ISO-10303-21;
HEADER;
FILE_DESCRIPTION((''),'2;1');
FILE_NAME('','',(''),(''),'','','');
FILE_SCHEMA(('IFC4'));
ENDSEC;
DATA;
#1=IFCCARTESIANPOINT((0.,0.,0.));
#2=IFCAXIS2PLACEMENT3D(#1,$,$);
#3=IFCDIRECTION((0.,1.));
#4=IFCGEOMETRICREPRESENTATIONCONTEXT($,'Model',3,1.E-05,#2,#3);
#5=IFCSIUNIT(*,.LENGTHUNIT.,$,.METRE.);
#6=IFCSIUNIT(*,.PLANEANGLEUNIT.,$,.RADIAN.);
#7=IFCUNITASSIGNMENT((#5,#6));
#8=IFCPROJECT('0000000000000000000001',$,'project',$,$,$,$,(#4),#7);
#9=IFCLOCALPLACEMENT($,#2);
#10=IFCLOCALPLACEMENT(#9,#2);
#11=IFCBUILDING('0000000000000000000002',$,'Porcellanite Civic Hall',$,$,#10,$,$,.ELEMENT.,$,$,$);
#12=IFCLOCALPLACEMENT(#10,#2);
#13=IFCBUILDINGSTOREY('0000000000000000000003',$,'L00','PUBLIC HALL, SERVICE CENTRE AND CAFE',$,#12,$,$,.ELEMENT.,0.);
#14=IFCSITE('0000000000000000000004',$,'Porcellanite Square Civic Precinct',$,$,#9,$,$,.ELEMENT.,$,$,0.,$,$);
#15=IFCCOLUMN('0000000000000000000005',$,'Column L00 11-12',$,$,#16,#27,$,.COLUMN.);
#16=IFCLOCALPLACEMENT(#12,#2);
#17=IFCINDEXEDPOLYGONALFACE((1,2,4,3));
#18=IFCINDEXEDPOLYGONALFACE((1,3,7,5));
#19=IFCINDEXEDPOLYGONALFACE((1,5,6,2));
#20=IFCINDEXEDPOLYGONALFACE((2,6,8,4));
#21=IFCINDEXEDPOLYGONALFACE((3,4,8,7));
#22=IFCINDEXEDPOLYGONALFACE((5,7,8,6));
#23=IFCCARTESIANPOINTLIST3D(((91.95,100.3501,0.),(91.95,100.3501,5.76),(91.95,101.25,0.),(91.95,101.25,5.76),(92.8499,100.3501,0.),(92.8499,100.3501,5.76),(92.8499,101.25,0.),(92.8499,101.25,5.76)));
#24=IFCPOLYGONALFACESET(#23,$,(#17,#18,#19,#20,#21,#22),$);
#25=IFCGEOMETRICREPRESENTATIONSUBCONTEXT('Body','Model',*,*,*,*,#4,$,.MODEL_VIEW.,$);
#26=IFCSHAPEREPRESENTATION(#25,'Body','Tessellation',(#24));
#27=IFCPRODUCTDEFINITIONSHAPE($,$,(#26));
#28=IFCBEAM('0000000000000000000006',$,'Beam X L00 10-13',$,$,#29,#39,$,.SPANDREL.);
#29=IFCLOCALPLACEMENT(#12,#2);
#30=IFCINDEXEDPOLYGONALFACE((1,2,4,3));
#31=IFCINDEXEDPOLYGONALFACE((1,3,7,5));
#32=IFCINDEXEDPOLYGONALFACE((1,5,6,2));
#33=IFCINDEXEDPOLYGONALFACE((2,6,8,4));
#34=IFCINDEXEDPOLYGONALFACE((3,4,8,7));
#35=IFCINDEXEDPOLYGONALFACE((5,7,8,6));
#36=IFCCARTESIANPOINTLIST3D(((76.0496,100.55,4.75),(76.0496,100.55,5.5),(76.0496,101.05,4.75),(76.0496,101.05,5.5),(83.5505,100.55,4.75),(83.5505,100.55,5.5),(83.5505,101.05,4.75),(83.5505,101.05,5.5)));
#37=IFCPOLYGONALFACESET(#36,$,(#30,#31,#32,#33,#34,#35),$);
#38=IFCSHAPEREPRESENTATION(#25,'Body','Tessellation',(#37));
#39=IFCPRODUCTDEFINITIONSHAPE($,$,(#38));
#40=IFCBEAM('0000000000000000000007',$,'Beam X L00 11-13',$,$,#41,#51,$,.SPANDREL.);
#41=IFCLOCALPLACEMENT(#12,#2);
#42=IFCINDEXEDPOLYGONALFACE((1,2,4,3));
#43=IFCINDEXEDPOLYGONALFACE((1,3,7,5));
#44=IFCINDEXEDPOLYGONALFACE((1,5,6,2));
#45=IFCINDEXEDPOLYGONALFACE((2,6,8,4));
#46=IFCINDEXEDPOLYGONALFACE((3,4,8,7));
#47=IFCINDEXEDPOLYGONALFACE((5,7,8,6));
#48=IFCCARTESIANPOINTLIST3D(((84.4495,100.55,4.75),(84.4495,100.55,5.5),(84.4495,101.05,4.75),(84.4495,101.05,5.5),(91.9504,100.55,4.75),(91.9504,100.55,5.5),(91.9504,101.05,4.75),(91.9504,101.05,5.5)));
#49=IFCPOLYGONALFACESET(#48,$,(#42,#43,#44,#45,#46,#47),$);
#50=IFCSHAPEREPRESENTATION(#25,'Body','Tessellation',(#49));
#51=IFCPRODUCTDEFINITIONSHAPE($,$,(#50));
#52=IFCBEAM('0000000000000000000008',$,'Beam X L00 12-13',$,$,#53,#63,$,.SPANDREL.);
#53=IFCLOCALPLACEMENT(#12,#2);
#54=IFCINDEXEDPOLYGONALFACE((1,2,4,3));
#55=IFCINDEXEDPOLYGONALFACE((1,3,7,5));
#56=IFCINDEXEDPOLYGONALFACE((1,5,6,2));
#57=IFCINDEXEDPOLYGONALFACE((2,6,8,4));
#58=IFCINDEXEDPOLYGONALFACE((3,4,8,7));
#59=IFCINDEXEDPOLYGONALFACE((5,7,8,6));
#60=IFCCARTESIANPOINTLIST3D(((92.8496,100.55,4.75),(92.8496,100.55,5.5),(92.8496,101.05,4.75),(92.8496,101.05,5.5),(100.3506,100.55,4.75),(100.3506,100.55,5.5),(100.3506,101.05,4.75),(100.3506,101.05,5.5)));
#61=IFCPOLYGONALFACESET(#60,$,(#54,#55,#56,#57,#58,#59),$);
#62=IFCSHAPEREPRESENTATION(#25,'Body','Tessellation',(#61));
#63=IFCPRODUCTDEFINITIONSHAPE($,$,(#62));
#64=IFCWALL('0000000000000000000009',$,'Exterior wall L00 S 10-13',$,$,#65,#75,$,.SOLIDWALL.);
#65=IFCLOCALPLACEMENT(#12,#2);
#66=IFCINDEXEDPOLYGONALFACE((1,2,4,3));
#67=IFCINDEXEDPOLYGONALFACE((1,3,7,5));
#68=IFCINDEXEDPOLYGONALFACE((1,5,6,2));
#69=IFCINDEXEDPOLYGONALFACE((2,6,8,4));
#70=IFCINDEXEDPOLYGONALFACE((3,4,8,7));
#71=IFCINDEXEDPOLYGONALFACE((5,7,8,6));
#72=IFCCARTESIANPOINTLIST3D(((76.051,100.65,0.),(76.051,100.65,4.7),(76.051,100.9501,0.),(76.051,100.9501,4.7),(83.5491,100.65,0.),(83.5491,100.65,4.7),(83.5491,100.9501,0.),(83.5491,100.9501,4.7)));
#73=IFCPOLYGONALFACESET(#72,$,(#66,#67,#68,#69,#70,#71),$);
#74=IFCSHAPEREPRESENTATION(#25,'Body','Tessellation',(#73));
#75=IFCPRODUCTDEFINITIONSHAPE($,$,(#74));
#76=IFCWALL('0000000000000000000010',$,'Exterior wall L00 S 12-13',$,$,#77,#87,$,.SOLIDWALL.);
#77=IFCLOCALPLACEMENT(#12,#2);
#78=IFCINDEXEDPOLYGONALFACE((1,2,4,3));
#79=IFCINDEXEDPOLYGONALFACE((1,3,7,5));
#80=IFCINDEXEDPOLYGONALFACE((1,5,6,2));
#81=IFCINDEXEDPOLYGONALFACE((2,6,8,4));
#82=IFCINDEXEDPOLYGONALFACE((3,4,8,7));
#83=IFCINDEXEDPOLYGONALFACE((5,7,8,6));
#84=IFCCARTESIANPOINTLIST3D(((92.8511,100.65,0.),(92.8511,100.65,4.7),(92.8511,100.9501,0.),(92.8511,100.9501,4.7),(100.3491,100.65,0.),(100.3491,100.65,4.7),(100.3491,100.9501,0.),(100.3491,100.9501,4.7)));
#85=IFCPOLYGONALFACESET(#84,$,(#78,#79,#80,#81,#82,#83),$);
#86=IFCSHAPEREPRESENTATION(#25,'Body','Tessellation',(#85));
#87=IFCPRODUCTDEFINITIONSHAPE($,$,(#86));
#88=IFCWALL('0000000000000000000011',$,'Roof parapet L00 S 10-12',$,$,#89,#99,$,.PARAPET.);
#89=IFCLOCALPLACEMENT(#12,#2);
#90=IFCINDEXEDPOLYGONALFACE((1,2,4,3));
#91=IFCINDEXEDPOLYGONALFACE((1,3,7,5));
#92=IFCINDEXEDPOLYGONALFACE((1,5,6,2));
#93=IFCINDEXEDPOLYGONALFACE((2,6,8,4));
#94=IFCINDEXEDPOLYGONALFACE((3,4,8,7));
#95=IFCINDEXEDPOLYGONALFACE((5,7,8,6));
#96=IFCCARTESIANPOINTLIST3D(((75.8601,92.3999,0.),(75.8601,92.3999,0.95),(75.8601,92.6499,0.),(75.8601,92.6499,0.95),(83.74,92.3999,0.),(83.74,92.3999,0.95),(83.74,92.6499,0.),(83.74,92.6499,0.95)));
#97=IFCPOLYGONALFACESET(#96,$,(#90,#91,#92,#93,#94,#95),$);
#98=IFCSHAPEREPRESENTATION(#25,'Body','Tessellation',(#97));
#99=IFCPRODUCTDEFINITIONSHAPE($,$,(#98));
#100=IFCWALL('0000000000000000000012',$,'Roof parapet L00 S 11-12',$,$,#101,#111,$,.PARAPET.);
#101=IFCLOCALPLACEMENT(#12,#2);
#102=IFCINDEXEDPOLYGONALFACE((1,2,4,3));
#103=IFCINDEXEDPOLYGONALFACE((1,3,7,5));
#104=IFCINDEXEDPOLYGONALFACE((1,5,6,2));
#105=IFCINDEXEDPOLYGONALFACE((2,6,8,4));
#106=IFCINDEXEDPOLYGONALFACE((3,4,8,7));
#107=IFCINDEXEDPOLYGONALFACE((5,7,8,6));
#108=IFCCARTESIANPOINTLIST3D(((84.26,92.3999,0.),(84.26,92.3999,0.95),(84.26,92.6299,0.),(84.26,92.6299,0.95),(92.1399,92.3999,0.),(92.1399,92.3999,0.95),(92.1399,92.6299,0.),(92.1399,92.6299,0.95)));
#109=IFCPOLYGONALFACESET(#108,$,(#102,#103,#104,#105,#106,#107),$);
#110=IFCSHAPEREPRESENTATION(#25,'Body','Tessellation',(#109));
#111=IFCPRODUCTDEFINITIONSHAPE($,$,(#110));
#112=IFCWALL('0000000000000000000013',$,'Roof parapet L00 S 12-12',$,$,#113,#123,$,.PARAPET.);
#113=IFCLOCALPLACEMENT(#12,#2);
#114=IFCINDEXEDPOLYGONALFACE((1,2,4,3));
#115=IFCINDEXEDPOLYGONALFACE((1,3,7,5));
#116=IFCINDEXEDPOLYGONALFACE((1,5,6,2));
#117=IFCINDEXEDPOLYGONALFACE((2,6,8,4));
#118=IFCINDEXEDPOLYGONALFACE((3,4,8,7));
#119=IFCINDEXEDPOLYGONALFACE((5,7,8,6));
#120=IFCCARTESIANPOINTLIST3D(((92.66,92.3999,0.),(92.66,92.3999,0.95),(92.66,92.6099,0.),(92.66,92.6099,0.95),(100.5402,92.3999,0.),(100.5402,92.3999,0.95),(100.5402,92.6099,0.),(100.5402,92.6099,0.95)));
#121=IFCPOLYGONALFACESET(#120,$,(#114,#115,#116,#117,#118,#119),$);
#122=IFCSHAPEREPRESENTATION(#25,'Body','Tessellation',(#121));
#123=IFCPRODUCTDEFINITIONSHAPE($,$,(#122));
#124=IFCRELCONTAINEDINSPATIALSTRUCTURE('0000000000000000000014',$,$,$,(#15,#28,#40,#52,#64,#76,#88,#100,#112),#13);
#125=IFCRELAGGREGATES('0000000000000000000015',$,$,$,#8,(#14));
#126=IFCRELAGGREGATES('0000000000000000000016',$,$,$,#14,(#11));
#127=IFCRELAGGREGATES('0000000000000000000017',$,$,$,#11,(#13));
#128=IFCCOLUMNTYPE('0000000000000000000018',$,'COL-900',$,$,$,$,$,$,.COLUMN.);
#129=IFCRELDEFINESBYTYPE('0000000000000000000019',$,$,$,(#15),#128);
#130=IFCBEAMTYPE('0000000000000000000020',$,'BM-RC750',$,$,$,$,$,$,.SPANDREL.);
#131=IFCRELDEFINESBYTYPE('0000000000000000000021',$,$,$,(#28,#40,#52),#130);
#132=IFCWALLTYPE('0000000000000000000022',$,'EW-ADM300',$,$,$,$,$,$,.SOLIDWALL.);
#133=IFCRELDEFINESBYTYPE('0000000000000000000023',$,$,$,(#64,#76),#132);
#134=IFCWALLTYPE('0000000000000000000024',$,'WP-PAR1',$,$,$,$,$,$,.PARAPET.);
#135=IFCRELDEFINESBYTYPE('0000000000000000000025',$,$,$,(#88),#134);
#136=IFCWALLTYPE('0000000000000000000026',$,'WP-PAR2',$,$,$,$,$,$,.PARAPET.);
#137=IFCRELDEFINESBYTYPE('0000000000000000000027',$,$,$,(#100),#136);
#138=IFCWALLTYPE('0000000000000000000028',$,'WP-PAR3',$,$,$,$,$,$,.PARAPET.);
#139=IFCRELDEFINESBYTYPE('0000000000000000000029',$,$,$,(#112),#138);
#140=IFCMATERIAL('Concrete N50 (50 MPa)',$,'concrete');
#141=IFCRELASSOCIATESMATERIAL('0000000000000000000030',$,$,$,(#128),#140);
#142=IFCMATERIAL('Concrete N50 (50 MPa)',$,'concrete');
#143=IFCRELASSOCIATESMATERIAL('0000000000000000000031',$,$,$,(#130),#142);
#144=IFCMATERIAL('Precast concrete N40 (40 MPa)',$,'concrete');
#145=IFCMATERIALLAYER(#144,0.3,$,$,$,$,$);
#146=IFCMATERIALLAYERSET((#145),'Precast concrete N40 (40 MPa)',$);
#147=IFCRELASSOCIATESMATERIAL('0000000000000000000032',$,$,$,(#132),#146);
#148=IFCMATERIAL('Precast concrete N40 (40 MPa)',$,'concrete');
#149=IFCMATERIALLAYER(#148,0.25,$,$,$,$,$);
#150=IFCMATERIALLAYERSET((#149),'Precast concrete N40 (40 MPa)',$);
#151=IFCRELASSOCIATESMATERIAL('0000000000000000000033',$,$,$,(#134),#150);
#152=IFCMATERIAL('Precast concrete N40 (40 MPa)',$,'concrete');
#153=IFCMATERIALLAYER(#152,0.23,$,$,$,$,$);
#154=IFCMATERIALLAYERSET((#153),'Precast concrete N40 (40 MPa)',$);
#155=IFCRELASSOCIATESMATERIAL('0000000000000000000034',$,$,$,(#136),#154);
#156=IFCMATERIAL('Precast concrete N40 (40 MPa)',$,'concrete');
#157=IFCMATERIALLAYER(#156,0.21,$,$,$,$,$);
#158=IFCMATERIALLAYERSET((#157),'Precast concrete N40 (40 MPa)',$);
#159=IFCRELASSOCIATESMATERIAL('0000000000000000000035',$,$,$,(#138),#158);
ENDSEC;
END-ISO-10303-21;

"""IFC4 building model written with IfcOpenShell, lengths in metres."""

from ifc_helpers import new_model, si_unit, direction, frame, frame_2d, origin, origin_2d, place, context, subcontext, project, spatial, rectangle, extrude, material, layer, layer_set, material_profile, profile_set, type_object, element, save


model = new_model("IFC4")

# Units and contexts
model_context = context("Model", 3, precision=1e-05, world=origin(), true_north=direction((0.0, 1.0)))
body_context = subcontext(model_context, "Body", "Model", "MODEL_VIEW")
ifc_project = project(units=[si_unit("LENGTHUNIT", "METRE"), si_unit("PLANEANGLEUNIT", "RADIAN")], contexts=[model_context])

# Site, building, storey
site_placement = place(None, origin())
site = spatial("IfcSite", under=ifc_project, at=site_placement, Name="Porcellanite Square Civic Precinct", CompositionType="ELEMENT", RefElevation=0.0)
building_placement = place(site_placement, origin())
building = spatial("IfcBuilding", under=site, at=building_placement, Name="Porcellanite Civic Hall", CompositionType="ELEMENT")
storey_placement = place(building_placement, origin())
storey = spatial("IfcBuildingStorey", under=building, at=storey_placement, Name="L00", Description="PUBLIC HALL, SERVICE CENTRE AND CAFE", CompositionType="ELEMENT", Elevation=0.0)

# Column
ifc_material_1 = material(Name="Concrete N50 (50 MPa)", Category="concrete")
ifc_material_profile_1 = material_profile(ifc_material_1, rectangle(XDim=0.8999, YDim=0.8999, at=origin_2d()), Name="RC-900x900")
ifc_profile_set_1 = profile_set([ifc_material_profile_1], Name="Concrete N50 (50 MPa)")
column_type_1 = type_object("IfcColumnType", Name="COL-900", PredefinedType="COLUMN", material=ifc_profile_set_1)
for number, where, z_axis, x_axis, name in (
    (1, (92.3999, 100.8, 0.0), (0.0, 0.0, 1.0), (1.0, 0.0, 0.0), "Column L00 11-12"),
):
    element("IfcColumn", number, at=place(storey_placement, frame(where, z_axis=z_axis, x_axis=x_axis)), inside=storey, type_object=column_type_1, Name=name, PredefinedType="COLUMN", context=body_context, shape_type="SweptSolid", body=[
        extrude(rectangle(XDim=0.8999, YDim=0.8999, at=origin_2d()), origin(), (0.0, 0.0, 1.0), 5.76),
    ])

# Beams
ifc_material_2 = material(Name="Concrete N50 (50 MPa)", Category="concrete")
ifc_material_profile_2 = material_profile(ifc_material_2, rectangle(XDim=0.5, YDim=0.75, at=origin_2d()), Name="RC-500x750")
ifc_profile_set_2 = profile_set([ifc_material_profile_2], Name="Concrete N50 (50 MPa)")
beam_type = type_object("IfcBeamType", Name="BM-RC750", PredefinedType="SPANDREL", material=ifc_profile_set_2)
for number, where, z_axis, x_axis, name in (
    (2, (76.0496, 100.8, 5.125), (1.0, 0.0, 0.0), (0.0, 1.0, 0.0), "Beam X L00 10-13"),
    (3, (84.4495, 100.8, 5.125), (1.0, 0.0, 0.0), (0.0, 1.0, 0.0), "Beam X L00 11-13"),
    (4, (92.8496, 100.8, 5.125), (1.0, 0.0, 0.0), (0.0, 1.0, 0.0), "Beam X L00 12-13"),
):
    element("IfcBeam", number, at=place(storey_placement, frame(where, z_axis=z_axis, x_axis=x_axis)), inside=storey, type_object=beam_type, Name=name, PredefinedType="SPANDREL", context=body_context, shape_type="SweptSolid", body=[
        extrude(rectangle(XDim=0.5, YDim=0.75, at=origin_2d()), origin(), (0.0, 0.0, 1.0), 7.501),
    ])

# Wall
ifc_material_3 = material(Name="Precast concrete N40 (40 MPa)", Category="concrete")
ifc_layer_1 = layer(ifc_material_3, 0.3)
ifc_layer_set_1 = layer_set([ifc_layer_1], Name="Precast concrete N40 (40 MPa)")
wall_type_1 = type_object("IfcWallType", Name="EW-ADM300", PredefinedType="SOLIDWALL", material=ifc_layer_set_1)
wall_1_placement = place(storey_placement, frame((83.5491, 100.8, 0.0), z_axis=(0.0, 0.0, 1.0), x_axis=(-1.0, 0.0, 0.0)))
element("IfcWall", 5, at=wall_1_placement, inside=storey, type_object=wall_type_1, Name="Exterior wall L00 S 10-13", PredefinedType="SOLIDWALL", context=body_context, shape_type="SweptSolid", body=[
    extrude(rectangle(XDim=7.498, YDim=0.3, at=frame_2d((3.749, 0.0))), origin(), (0.0, 0.0, 1.0), 4.7),
])

# Walls
wall_2_placement = place(storey_placement, frame((100.3491, 100.8, 0.0), z_axis=(0.0, 0.0, 1.0), x_axis=(-1.0, 0.0, 0.0)))
element("IfcWall", 6, at=wall_2_placement, inside=storey, type_object=wall_type_1, Name="Exterior wall L00 S 12-13", PredefinedType="SOLIDWALL", context=body_context, shape_type="SweptSolid", body=[
    extrude(rectangle(XDim=7.498, YDim=0.3, at=frame_2d((3.749, 0.0))), origin(), (0.0, 0.0, 1.0), 4.7),
])
ifc_material_4 = material(Name="Precast concrete N40 (40 MPa)", Category="concrete")
ifc_layer_2 = layer(ifc_material_4, 0.25)
ifc_layer_set_2 = layer_set([ifc_layer_2], Name="Precast concrete N40 (40 MPa)")
wall_type_2 = type_object("IfcWallType", Name="WP-PAR1", PredefinedType="PARAPET", material=ifc_layer_set_2)
wall_3_placement = place(storey_placement, frame((83.74, 92.5249, 0.0), z_axis=(0.0, 0.0, 1.0), x_axis=(-1.0, 0.0, 0.0)))
element("IfcWall", 7, at=wall_3_placement, inside=storey, type_object=wall_type_2, Name="Roof parapet L00 S 10-12", PredefinedType="PARAPET", context=body_context, shape_type="SweptSolid", body=[
    extrude(rectangle(XDim=7.8799, YDim=0.25, at=frame_2d((3.9399, 0.0))), origin(), (0.0, 0.0, 1.0), 0.95),
])
ifc_material_5 = material(Name="Precast concrete N40 (40 MPa)", Category="concrete")
ifc_layer_3 = layer(ifc_material_5, 0.23)
ifc_layer_set_3 = layer_set([ifc_layer_3], Name="Precast concrete N40 (40 MPa)")
wall_type_3 = type_object("IfcWallType", Name="WP-PAR2", PredefinedType="PARAPET", material=ifc_layer_set_3)
wall_4_placement = place(storey_placement, frame((92.1399, 92.5149, 0.0), z_axis=(0.0, 0.0, 1.0), x_axis=(-1.0, 0.0, 0.0)))
element("IfcWall", 8, at=wall_4_placement, inside=storey, type_object=wall_type_3, Name="Roof parapet L00 S 11-12", PredefinedType="PARAPET", context=body_context, shape_type="SweptSolid", body=[
    extrude(rectangle(XDim=7.8799, YDim=0.23, at=frame_2d((3.9399, 0.0))), origin(), (0.0, 0.0, 1.0), 0.95),
])
ifc_material_6 = material(Name="Precast concrete N40 (40 MPa)", Category="concrete")
ifc_layer_4 = layer(ifc_material_6, 0.21)
ifc_layer_set_4 = layer_set([ifc_layer_4], Name="Precast concrete N40 (40 MPa)")
wall_type_4 = type_object("IfcWallType", Name="WP-PAR3", PredefinedType="PARAPET", material=ifc_layer_set_4)
wall_5_placement = place(storey_placement, frame((100.54, 92.5049, 0.0), z_axis=(0.0, 0.0, 1.0), x_axis=(-1.0, 0.0, 0.0)))
element("IfcWall", 9, at=wall_5_placement, inside=storey, type_object=wall_type_4, Name="Roof parapet L00 S 12-12", PredefinedType="PARAPET", context=body_context, shape_type="SweptSolid", body=[
    extrude(rectangle(XDim=7.8801, YDim=0.21, at=frame_2d((3.9399, 0.0))), origin(), (0.0, 0.0, 1.0), 0.95),
])

save(model, "model.ifc")
